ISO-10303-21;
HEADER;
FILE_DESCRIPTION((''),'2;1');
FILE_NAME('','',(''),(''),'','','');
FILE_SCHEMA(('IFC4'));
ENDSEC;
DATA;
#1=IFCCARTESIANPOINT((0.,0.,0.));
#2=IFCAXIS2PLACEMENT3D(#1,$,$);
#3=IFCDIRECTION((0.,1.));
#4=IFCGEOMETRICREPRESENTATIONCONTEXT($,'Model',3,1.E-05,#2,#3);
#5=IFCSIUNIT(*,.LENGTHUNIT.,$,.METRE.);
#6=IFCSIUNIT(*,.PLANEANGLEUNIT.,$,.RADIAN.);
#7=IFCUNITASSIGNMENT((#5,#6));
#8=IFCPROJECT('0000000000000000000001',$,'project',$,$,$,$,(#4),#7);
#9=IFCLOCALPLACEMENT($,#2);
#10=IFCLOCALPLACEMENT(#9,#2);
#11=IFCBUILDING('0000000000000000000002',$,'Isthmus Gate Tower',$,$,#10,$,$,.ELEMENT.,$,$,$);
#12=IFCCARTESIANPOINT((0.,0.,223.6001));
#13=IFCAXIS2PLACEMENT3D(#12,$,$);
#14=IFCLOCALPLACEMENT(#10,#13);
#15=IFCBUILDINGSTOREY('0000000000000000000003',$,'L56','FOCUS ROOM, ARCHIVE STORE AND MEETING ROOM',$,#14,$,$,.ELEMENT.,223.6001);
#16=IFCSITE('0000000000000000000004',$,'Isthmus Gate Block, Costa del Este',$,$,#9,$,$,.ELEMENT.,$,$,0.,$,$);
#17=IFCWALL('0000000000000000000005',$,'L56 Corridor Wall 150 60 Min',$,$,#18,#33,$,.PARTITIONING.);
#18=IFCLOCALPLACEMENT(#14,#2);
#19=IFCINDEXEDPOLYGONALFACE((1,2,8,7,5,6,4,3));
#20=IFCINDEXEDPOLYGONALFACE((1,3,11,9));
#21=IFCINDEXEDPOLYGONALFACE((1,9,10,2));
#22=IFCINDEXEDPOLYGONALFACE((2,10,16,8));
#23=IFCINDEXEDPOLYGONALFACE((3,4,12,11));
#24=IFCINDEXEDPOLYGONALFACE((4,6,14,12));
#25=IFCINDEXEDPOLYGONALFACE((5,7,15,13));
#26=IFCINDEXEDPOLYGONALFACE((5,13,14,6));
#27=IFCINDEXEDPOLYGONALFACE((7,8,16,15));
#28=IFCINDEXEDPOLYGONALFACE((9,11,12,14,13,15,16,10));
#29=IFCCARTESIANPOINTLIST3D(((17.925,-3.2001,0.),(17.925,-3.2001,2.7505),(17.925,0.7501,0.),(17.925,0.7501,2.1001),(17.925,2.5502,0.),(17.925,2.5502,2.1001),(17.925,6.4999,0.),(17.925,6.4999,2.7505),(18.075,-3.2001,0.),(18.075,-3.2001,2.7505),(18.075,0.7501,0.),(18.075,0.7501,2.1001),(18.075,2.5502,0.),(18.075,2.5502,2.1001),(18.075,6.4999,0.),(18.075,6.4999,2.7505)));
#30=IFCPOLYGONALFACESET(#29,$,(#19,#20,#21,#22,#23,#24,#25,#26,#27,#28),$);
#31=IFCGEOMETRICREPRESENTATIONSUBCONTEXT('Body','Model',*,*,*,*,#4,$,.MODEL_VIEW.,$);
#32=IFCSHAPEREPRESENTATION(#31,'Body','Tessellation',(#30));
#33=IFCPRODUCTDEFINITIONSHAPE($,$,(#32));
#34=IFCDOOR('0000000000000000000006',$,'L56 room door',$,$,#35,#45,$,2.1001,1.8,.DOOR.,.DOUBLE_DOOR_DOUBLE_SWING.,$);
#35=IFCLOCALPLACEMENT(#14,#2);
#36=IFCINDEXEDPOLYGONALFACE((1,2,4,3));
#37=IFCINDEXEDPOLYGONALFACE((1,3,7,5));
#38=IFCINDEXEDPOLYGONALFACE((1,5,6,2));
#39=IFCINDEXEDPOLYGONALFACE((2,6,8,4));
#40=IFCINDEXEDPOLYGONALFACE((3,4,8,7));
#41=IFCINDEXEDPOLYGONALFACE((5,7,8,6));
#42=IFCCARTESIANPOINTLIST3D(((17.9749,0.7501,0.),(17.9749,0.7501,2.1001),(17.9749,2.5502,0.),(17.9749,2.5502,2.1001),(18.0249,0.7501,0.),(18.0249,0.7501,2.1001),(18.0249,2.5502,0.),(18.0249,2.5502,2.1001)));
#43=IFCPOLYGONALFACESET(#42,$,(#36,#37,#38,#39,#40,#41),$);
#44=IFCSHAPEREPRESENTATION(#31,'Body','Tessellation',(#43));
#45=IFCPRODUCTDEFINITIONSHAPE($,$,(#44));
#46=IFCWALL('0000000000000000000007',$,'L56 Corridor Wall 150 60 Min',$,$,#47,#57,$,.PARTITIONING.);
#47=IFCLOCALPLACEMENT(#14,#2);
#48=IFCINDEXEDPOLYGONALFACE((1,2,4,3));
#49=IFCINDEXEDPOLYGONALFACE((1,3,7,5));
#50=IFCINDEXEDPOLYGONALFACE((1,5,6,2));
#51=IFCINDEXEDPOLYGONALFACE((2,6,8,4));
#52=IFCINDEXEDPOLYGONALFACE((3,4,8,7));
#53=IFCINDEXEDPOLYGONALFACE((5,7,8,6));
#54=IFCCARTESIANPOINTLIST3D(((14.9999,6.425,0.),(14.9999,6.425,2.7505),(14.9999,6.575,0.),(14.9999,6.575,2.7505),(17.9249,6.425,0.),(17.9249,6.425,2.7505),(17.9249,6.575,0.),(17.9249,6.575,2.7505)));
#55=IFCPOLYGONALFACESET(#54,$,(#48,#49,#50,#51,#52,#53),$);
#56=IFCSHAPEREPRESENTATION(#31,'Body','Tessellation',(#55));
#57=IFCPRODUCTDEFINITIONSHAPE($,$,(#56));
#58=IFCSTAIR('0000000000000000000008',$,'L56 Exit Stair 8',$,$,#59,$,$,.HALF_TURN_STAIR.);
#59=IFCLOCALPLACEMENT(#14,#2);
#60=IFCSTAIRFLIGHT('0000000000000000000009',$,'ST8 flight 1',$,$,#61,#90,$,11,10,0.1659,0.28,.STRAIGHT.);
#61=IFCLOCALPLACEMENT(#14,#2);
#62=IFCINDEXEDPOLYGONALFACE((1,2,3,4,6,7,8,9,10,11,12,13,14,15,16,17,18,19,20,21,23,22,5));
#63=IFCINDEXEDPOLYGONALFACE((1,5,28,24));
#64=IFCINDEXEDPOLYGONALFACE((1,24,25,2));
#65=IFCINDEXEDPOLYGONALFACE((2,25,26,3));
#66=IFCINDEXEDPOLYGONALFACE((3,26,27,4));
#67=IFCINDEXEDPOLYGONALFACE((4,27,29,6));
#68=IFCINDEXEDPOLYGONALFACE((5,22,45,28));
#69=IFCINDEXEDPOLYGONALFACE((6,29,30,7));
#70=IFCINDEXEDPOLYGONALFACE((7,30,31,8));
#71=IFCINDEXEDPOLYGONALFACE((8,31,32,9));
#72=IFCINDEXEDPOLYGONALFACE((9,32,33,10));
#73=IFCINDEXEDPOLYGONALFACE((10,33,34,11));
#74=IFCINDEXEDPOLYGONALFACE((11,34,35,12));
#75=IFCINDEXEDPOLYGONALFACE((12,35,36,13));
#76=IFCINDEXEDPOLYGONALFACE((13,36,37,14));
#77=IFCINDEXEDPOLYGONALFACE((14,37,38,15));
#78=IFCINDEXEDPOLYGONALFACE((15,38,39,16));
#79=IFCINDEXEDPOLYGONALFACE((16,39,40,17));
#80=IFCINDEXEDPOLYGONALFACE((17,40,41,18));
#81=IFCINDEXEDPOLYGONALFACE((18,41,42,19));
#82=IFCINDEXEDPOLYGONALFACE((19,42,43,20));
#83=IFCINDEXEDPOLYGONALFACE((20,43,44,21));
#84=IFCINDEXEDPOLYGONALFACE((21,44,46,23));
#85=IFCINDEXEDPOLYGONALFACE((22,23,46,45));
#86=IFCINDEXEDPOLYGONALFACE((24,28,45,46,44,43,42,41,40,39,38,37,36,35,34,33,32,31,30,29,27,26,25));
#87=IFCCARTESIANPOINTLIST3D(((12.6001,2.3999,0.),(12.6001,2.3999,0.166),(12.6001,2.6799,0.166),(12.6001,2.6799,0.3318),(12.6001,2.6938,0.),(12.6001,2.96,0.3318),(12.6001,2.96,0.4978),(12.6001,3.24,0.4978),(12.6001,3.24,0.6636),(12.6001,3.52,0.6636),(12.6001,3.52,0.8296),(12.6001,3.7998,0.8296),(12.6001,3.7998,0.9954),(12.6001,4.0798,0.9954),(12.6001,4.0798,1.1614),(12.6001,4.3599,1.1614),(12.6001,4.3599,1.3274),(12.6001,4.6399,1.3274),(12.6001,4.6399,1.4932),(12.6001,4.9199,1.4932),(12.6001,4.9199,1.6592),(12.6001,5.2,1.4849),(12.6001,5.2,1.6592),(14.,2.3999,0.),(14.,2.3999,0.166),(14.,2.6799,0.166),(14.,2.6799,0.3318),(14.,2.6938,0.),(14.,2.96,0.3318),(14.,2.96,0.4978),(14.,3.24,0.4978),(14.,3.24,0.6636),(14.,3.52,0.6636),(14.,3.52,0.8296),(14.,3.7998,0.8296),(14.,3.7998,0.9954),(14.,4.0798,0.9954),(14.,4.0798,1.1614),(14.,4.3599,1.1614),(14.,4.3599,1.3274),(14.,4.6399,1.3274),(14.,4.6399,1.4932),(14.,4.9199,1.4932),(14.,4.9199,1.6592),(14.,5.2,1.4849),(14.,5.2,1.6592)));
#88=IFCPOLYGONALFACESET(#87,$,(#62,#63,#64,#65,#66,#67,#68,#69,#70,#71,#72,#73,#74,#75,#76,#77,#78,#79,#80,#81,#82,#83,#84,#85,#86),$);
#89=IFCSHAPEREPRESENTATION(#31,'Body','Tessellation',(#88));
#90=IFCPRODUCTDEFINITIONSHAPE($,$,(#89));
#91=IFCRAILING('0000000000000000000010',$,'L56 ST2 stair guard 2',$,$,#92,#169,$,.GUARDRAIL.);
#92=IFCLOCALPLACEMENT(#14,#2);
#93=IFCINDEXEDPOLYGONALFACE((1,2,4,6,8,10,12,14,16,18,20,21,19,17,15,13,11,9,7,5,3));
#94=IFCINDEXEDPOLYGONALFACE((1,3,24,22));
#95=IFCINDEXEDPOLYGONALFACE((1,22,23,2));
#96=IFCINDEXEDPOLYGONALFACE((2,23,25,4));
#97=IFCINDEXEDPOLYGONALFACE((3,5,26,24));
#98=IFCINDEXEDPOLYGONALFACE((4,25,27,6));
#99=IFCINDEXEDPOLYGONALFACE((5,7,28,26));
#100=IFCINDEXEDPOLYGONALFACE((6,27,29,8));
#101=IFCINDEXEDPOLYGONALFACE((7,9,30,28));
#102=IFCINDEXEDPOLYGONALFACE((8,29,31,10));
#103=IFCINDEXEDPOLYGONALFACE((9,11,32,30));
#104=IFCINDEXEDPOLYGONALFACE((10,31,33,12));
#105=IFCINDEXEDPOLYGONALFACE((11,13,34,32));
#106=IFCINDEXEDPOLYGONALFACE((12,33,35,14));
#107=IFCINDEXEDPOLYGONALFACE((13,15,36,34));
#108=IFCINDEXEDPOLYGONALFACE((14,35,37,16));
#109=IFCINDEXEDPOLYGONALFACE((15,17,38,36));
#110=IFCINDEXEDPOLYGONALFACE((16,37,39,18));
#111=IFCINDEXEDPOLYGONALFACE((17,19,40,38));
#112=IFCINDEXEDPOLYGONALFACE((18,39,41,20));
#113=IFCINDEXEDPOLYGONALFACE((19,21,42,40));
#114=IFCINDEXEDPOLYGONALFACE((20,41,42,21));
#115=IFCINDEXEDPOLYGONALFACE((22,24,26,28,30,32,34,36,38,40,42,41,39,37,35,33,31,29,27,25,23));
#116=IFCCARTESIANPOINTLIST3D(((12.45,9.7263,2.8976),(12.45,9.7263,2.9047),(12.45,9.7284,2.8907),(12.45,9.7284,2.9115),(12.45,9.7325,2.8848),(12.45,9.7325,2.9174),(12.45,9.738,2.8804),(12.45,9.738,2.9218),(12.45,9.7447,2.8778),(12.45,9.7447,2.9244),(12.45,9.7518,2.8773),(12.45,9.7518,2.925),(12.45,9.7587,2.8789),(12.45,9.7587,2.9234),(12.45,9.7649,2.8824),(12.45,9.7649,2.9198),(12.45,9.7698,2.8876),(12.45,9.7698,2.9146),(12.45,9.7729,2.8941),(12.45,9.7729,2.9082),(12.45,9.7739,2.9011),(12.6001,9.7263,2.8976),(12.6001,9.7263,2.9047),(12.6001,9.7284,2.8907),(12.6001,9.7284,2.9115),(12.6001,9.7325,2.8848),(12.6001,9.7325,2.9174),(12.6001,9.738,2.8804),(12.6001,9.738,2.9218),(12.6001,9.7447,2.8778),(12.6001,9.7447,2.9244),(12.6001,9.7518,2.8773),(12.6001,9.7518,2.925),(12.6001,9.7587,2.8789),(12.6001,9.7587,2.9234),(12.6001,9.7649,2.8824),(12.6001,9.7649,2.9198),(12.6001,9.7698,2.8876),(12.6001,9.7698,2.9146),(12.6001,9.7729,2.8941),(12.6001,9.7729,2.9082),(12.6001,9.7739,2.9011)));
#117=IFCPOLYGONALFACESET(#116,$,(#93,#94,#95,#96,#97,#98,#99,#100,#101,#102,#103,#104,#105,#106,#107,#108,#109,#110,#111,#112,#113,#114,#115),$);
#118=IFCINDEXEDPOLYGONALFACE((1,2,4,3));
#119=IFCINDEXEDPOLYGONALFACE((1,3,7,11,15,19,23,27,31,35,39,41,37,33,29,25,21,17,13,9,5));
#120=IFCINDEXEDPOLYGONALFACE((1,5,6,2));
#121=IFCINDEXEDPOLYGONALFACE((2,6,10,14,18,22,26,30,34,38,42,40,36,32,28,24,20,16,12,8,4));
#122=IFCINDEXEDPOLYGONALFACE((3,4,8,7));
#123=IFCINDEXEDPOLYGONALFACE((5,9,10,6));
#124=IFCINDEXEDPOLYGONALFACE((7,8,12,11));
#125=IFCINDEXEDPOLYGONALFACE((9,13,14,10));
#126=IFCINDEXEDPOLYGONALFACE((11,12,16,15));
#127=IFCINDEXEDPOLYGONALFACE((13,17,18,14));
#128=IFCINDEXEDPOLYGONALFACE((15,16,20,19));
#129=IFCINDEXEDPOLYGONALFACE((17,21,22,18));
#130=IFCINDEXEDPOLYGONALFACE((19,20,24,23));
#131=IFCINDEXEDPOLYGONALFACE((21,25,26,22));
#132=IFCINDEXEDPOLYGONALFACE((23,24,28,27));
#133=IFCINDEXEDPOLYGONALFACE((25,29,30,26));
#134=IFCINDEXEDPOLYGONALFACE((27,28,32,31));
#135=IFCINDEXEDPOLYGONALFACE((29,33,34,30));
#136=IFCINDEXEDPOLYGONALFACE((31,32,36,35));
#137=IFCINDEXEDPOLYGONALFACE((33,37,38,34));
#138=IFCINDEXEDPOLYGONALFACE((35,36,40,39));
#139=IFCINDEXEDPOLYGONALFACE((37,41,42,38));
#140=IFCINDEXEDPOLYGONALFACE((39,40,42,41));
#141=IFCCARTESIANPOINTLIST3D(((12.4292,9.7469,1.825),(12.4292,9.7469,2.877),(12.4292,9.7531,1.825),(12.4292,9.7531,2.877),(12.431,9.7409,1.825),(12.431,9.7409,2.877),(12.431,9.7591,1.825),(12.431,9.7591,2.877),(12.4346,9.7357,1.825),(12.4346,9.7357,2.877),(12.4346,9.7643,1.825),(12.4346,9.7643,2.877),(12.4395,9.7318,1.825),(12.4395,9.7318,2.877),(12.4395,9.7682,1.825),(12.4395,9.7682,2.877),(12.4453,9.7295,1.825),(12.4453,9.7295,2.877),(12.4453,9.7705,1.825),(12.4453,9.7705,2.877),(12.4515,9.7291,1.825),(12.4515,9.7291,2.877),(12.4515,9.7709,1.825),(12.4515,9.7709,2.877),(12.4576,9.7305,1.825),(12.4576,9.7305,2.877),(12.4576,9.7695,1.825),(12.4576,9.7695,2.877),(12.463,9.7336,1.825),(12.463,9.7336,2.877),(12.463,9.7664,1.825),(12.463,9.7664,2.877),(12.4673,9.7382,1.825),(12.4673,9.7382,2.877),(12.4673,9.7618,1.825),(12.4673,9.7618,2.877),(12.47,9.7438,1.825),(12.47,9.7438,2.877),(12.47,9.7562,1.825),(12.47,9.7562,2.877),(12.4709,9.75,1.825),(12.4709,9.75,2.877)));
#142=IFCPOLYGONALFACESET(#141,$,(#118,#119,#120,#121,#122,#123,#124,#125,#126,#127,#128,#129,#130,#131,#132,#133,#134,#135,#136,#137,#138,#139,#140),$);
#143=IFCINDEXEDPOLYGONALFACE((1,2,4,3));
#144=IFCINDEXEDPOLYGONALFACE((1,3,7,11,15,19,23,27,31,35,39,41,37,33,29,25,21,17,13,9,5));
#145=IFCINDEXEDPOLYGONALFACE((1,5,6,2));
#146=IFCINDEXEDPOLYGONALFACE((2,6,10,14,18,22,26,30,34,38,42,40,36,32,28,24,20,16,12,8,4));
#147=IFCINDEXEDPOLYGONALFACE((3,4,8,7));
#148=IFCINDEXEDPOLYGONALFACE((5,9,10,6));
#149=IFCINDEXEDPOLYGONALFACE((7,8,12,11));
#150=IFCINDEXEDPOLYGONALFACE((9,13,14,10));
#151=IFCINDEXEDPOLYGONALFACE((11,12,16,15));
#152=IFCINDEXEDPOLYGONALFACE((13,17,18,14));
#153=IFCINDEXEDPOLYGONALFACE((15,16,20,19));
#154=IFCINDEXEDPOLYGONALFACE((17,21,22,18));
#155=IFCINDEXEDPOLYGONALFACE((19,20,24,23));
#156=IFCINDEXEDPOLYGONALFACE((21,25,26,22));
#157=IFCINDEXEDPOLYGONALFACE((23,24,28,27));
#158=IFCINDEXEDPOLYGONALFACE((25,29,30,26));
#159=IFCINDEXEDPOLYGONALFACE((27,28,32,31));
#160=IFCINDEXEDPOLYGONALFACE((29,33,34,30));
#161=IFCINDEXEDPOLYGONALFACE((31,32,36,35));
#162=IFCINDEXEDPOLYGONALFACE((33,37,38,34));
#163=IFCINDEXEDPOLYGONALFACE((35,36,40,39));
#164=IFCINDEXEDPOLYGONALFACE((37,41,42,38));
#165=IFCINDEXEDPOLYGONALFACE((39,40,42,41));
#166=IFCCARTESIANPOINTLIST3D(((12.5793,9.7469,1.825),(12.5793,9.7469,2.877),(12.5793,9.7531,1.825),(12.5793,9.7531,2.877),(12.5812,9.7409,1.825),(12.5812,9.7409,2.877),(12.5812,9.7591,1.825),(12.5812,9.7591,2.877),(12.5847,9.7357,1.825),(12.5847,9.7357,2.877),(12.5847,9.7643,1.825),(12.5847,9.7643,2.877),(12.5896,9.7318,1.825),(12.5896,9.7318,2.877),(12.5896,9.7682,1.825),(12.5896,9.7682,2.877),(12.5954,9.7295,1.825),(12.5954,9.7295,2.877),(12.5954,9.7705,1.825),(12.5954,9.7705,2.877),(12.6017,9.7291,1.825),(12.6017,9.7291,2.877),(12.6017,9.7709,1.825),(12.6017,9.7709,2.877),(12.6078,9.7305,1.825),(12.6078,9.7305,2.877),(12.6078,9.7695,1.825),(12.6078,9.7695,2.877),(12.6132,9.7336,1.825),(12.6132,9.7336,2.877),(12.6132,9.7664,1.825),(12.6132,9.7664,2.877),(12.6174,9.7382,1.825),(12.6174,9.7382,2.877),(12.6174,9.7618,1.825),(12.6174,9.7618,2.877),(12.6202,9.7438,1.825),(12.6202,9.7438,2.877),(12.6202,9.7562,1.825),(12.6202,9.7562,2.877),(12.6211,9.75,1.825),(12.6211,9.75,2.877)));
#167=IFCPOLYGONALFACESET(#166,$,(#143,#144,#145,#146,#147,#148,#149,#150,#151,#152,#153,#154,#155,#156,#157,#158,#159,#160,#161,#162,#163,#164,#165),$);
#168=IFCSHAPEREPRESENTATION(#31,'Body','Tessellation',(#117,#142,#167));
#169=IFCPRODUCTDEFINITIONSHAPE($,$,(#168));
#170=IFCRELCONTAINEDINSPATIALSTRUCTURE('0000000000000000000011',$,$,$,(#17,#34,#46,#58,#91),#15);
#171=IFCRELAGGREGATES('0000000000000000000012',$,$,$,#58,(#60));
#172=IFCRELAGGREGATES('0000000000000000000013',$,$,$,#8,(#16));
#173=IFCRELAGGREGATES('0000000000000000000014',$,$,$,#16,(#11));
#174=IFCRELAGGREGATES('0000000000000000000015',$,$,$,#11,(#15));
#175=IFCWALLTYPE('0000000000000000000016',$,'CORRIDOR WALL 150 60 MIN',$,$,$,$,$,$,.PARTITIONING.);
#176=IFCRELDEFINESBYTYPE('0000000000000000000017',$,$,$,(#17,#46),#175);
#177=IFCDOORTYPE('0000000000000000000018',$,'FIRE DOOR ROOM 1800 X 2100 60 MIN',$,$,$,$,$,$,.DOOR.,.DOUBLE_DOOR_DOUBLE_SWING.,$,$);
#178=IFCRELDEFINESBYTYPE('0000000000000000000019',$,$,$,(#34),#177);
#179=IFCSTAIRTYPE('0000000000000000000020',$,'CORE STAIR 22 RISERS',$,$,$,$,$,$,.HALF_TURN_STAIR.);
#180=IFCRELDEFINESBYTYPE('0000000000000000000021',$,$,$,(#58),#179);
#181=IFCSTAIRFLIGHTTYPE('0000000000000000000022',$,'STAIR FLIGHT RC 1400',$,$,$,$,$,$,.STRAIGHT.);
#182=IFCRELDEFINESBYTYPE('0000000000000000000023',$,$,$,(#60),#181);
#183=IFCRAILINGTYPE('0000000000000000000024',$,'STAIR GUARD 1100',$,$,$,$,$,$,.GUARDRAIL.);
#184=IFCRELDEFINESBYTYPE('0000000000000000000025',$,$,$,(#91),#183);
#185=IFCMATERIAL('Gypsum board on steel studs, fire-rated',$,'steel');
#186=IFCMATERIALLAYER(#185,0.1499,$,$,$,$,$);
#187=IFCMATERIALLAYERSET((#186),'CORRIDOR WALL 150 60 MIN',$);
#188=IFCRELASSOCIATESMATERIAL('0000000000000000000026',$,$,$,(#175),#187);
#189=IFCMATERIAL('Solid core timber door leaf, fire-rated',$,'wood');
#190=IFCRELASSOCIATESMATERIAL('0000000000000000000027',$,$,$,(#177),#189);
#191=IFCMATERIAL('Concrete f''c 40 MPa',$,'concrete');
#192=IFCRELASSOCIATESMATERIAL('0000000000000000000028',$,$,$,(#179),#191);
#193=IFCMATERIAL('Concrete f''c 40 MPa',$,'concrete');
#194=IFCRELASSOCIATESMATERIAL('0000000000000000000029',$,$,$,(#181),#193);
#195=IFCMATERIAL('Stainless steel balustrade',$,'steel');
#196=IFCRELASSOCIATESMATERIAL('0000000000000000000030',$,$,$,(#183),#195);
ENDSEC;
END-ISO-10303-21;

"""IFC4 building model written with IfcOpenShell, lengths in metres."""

from ifc_helpers import new_model, si_unit, direction, frame, frame_2d, origin, origin_2d, place, context, subcontext, project, spatial, polyline, rectangle, circle, outline, extrude, material, layer, layer_set, type_object, element, fill, aggregate, save


model = new_model("IFC4")

# Units and contexts
model_context = context("Model", 3, precision=1e-05, world=origin(), true_north=direction((0.0, 1.0)))
body_context = subcontext(model_context, "Body", "Model", "MODEL_VIEW")
ifc_project = project(units=[si_unit("LENGTHUNIT", "METRE"), si_unit("PLANEANGLEUNIT", "RADIAN")], contexts=[model_context])

# Site, building, storey
site_placement = place(None, origin())
site = spatial("IfcSite", under=ifc_project, at=site_placement, Name="Isthmus Gate Block, Costa del Este", CompositionType="ELEMENT", RefElevation=0.0)
building_placement = place(site_placement, origin())
building = spatial("IfcBuilding", under=site, at=building_placement, Name="Isthmus Gate Tower", CompositionType="ELEMENT")
storey_placement = place(building_placement, frame((0.0, 0.0, 223.6001)))
storey = spatial("IfcBuildingStorey", under=building, at=storey_placement, Name="L56", Description="FOCUS ROOM, ARCHIVE STORE AND MEETING ROOM", CompositionType="ELEMENT", Elevation=223.6001)

# Wall, opening, door
ifc_material_1 = material(Name="Gypsum board on steel studs, fire-rated", Category="steel")
ifc_layer_1 = layer(ifc_material_1, 0.1499)
ifc_layer_set_1 = layer_set([ifc_layer_1], Name="CORRIDOR WALL 150 60 MIN")
wall_type = type_object("IfcWallType", Name="CORRIDOR WALL 150 60 MIN", PredefinedType="PARTITIONING", material=ifc_layer_set_1)
wall_1_placement = place(storey_placement, frame((18.0, 6.5, 0.0), z_axis=(0.0, 0.0, 1.0), x_axis=(0.0, -1.0, 0.0)))
wall_1 = element("IfcWall", 1, at=wall_1_placement, inside=storey, type_object=wall_type, Name="L56 Corridor Wall 150 60 Min", PredefinedType="PARTITIONING", context=body_context, shape_type="SweptSolid", body=[
    extrude(rectangle(XDim=9.7, YDim=0.1499, at=frame_2d((4.8501, 0.0))), origin(), (0.0, 0.0, 1.0), 2.7505),
])
opening_placement = place(wall_1_placement, frame((3.95, 0.0, 0.0)))
opening = element("IfcOpeningElement", 2, at=opening_placement, cuts=wall_1, PredefinedType="OPENING", context=body_context, shape_type="SweptSolid", body=[
    extrude(rectangle(XDim=1.8, YDim=2.1001, at=frame_2d((0.8999, 1.05))), frame((0.0, 0.085, 0.0), z_axis=(0.0, -1.0, 0.0), x_axis=(1.0, 0.0, 0.0)), (0.0, 0.0, 1.0), 0.1699),
])
ifc_material_2 = material(Name="Solid core timber door leaf, fire-rated", Category="wood")
door_type = type_object("IfcDoorType", Name="FIRE DOOR ROOM 1800 X 2100 60 MIN", OperationType="DOUBLE_DOOR_DOUBLE_SWING", PredefinedType="DOOR", material=ifc_material_2)
door_placement = place(opening_placement, origin())
door = element("IfcDoor", 3, at=door_placement, inside=storey, type_object=door_type, Name="L56 room door", OperationType="DOUBLE_DOOR_DOUBLE_SWING", OverallHeight=2.1001, OverallWidth=1.8, PredefinedType="DOOR", context=body_context, shape_type="SweptSolid", body=[
    extrude(rectangle(XDim=1.8, YDim=2.1001, at=frame_2d((0.8999, 1.05))), frame((0.0, 0.0249, 0.0), z_axis=(0.0, -1.0, 0.0), x_axis=(1.0, 0.0, 0.0)), (0.0, 0.0, 1.0), 0.05),
])
fill(opening, door)

# Wall
wall_2_placement = place(storey_placement, frame((15.0, 6.5, 0.0), z_axis=(0.0, 0.0, 1.0), x_axis=(1.0, 0.0, 0.0)))
element("IfcWall", 4, at=wall_2_placement, inside=storey, type_object=wall_type, Name="L56 Corridor Wall 150 60 Min", PredefinedType="PARTITIONING", context=body_context, shape_type="SweptSolid", body=[
    extrude(rectangle(XDim=2.925, YDim=0.1499, at=frame_2d((1.4624, 0.0))), origin(), (0.0, 0.0, 1.0), 2.7505),
])

# Stair, stair flight
ifc_material_3 = material(Name="Concrete f'c 40 MPa", Category="concrete")
stair_type = type_object("IfcStairType", Name="CORE STAIR 22 RISERS", PredefinedType="HALF_TURN_STAIR", material=ifc_material_3)
stair_placement = place(storey_placement, origin())
stair = element("IfcStair", 5, at=stair_placement, inside=storey, type_object=stair_type, Name="L56 Exit Stair 8", PredefinedType="HALF_TURN_STAIR")
ifc_material_4 = material(Name="Concrete f'c 40 MPa", Category="concrete")
stair_flight_type = type_object("IfcStairFlightType", Name="STAIR FLIGHT RC 1400", PredefinedType="STRAIGHT", material=ifc_material_4)
stair_flight_placement = place(storey_placement, frame((13.3, 2.3999, 0.0), z_axis=(0.0, 0.0, 1.0), x_axis=(0.0, 1.0, 0.0)))
stair_flight = element("IfcStairFlight", 6, at=stair_flight_placement, type_object=stair_flight_type, Name="ST8 flight 1", NumberOfRisers=11, NumberOfTreads=10, PredefinedType="STRAIGHT", RiserHeight=0.1659, TreadLength=0.28, context=body_context, shape_type="SweptSolid", body=[
    extrude(outline(polyline([(0.0, 0.0), (0.0, 0.166), (0.28, 0.166), (0.28, 0.3318), (0.5601, 0.3318), (0.5601, 0.4978), (0.8401, 0.4978), (0.8401, 0.6636), (1.1201, 0.6636), (1.1201, 0.8296), (1.3999, 0.8296), (1.3999, 0.9954), (1.6799, 0.9954), (1.6799, 1.1614), (1.96, 1.1614), (1.96, 1.3274), (2.24, 1.3274), (2.24, 1.4932), (2.52, 1.4932), (2.52, 1.6592), (2.8, 1.6592), (2.8, 1.825), (2.8, 1.4849), (0.2939, 0.0), (0.0, 0.0)])), frame((0.0, 0.7, 0.0), z_axis=(0.0, -1.0, 0.0), x_axis=(1.0, 0.0, 0.0)), (0.0, 0.0, 1.0), 1.3999),
])
aggregate(stair, [stair_flight])

# Railing
ifc_material_5 = material(Name="Stainless steel balustrade", Category="steel")
railing_type_1 = type_object("IfcRailingType", Name="STAIR GUARD 1100", PredefinedType="GUARDRAIL", material=ifc_material_5)
railing_1_placement = place(storey_placement, frame((12.45, 9.75, 1.825)))
element("IfcRailing", 7, at=railing_1_placement, inside=storey, type_object=railing_type_1, Name="L56 ST2 stair guard 2", PredefinedType="GUARDRAIL", context=body_context, shape_type="SweptSolid", body=[
    extrude(circle(Radius=0.0239, at=origin_2d()), frame((0.0, 0.0, 1.0762), z_axis=(1.0, 0.0, 0.0), x_axis=(0.0, 1.0, 0.0)), (0.0, 0.0, 1.0), 0.1501),
    extrude(circle(Radius=0.021, at=origin_2d()), origin(), (0.0, 0.0, 1.0), 1.052),
    extrude(circle(Radius=0.021, at=origin_2d()), frame((0.1501, 0.0, 0.0)), (0.0, 0.0, 1.0), 1.052),
])

save(model, "model.ifc")
